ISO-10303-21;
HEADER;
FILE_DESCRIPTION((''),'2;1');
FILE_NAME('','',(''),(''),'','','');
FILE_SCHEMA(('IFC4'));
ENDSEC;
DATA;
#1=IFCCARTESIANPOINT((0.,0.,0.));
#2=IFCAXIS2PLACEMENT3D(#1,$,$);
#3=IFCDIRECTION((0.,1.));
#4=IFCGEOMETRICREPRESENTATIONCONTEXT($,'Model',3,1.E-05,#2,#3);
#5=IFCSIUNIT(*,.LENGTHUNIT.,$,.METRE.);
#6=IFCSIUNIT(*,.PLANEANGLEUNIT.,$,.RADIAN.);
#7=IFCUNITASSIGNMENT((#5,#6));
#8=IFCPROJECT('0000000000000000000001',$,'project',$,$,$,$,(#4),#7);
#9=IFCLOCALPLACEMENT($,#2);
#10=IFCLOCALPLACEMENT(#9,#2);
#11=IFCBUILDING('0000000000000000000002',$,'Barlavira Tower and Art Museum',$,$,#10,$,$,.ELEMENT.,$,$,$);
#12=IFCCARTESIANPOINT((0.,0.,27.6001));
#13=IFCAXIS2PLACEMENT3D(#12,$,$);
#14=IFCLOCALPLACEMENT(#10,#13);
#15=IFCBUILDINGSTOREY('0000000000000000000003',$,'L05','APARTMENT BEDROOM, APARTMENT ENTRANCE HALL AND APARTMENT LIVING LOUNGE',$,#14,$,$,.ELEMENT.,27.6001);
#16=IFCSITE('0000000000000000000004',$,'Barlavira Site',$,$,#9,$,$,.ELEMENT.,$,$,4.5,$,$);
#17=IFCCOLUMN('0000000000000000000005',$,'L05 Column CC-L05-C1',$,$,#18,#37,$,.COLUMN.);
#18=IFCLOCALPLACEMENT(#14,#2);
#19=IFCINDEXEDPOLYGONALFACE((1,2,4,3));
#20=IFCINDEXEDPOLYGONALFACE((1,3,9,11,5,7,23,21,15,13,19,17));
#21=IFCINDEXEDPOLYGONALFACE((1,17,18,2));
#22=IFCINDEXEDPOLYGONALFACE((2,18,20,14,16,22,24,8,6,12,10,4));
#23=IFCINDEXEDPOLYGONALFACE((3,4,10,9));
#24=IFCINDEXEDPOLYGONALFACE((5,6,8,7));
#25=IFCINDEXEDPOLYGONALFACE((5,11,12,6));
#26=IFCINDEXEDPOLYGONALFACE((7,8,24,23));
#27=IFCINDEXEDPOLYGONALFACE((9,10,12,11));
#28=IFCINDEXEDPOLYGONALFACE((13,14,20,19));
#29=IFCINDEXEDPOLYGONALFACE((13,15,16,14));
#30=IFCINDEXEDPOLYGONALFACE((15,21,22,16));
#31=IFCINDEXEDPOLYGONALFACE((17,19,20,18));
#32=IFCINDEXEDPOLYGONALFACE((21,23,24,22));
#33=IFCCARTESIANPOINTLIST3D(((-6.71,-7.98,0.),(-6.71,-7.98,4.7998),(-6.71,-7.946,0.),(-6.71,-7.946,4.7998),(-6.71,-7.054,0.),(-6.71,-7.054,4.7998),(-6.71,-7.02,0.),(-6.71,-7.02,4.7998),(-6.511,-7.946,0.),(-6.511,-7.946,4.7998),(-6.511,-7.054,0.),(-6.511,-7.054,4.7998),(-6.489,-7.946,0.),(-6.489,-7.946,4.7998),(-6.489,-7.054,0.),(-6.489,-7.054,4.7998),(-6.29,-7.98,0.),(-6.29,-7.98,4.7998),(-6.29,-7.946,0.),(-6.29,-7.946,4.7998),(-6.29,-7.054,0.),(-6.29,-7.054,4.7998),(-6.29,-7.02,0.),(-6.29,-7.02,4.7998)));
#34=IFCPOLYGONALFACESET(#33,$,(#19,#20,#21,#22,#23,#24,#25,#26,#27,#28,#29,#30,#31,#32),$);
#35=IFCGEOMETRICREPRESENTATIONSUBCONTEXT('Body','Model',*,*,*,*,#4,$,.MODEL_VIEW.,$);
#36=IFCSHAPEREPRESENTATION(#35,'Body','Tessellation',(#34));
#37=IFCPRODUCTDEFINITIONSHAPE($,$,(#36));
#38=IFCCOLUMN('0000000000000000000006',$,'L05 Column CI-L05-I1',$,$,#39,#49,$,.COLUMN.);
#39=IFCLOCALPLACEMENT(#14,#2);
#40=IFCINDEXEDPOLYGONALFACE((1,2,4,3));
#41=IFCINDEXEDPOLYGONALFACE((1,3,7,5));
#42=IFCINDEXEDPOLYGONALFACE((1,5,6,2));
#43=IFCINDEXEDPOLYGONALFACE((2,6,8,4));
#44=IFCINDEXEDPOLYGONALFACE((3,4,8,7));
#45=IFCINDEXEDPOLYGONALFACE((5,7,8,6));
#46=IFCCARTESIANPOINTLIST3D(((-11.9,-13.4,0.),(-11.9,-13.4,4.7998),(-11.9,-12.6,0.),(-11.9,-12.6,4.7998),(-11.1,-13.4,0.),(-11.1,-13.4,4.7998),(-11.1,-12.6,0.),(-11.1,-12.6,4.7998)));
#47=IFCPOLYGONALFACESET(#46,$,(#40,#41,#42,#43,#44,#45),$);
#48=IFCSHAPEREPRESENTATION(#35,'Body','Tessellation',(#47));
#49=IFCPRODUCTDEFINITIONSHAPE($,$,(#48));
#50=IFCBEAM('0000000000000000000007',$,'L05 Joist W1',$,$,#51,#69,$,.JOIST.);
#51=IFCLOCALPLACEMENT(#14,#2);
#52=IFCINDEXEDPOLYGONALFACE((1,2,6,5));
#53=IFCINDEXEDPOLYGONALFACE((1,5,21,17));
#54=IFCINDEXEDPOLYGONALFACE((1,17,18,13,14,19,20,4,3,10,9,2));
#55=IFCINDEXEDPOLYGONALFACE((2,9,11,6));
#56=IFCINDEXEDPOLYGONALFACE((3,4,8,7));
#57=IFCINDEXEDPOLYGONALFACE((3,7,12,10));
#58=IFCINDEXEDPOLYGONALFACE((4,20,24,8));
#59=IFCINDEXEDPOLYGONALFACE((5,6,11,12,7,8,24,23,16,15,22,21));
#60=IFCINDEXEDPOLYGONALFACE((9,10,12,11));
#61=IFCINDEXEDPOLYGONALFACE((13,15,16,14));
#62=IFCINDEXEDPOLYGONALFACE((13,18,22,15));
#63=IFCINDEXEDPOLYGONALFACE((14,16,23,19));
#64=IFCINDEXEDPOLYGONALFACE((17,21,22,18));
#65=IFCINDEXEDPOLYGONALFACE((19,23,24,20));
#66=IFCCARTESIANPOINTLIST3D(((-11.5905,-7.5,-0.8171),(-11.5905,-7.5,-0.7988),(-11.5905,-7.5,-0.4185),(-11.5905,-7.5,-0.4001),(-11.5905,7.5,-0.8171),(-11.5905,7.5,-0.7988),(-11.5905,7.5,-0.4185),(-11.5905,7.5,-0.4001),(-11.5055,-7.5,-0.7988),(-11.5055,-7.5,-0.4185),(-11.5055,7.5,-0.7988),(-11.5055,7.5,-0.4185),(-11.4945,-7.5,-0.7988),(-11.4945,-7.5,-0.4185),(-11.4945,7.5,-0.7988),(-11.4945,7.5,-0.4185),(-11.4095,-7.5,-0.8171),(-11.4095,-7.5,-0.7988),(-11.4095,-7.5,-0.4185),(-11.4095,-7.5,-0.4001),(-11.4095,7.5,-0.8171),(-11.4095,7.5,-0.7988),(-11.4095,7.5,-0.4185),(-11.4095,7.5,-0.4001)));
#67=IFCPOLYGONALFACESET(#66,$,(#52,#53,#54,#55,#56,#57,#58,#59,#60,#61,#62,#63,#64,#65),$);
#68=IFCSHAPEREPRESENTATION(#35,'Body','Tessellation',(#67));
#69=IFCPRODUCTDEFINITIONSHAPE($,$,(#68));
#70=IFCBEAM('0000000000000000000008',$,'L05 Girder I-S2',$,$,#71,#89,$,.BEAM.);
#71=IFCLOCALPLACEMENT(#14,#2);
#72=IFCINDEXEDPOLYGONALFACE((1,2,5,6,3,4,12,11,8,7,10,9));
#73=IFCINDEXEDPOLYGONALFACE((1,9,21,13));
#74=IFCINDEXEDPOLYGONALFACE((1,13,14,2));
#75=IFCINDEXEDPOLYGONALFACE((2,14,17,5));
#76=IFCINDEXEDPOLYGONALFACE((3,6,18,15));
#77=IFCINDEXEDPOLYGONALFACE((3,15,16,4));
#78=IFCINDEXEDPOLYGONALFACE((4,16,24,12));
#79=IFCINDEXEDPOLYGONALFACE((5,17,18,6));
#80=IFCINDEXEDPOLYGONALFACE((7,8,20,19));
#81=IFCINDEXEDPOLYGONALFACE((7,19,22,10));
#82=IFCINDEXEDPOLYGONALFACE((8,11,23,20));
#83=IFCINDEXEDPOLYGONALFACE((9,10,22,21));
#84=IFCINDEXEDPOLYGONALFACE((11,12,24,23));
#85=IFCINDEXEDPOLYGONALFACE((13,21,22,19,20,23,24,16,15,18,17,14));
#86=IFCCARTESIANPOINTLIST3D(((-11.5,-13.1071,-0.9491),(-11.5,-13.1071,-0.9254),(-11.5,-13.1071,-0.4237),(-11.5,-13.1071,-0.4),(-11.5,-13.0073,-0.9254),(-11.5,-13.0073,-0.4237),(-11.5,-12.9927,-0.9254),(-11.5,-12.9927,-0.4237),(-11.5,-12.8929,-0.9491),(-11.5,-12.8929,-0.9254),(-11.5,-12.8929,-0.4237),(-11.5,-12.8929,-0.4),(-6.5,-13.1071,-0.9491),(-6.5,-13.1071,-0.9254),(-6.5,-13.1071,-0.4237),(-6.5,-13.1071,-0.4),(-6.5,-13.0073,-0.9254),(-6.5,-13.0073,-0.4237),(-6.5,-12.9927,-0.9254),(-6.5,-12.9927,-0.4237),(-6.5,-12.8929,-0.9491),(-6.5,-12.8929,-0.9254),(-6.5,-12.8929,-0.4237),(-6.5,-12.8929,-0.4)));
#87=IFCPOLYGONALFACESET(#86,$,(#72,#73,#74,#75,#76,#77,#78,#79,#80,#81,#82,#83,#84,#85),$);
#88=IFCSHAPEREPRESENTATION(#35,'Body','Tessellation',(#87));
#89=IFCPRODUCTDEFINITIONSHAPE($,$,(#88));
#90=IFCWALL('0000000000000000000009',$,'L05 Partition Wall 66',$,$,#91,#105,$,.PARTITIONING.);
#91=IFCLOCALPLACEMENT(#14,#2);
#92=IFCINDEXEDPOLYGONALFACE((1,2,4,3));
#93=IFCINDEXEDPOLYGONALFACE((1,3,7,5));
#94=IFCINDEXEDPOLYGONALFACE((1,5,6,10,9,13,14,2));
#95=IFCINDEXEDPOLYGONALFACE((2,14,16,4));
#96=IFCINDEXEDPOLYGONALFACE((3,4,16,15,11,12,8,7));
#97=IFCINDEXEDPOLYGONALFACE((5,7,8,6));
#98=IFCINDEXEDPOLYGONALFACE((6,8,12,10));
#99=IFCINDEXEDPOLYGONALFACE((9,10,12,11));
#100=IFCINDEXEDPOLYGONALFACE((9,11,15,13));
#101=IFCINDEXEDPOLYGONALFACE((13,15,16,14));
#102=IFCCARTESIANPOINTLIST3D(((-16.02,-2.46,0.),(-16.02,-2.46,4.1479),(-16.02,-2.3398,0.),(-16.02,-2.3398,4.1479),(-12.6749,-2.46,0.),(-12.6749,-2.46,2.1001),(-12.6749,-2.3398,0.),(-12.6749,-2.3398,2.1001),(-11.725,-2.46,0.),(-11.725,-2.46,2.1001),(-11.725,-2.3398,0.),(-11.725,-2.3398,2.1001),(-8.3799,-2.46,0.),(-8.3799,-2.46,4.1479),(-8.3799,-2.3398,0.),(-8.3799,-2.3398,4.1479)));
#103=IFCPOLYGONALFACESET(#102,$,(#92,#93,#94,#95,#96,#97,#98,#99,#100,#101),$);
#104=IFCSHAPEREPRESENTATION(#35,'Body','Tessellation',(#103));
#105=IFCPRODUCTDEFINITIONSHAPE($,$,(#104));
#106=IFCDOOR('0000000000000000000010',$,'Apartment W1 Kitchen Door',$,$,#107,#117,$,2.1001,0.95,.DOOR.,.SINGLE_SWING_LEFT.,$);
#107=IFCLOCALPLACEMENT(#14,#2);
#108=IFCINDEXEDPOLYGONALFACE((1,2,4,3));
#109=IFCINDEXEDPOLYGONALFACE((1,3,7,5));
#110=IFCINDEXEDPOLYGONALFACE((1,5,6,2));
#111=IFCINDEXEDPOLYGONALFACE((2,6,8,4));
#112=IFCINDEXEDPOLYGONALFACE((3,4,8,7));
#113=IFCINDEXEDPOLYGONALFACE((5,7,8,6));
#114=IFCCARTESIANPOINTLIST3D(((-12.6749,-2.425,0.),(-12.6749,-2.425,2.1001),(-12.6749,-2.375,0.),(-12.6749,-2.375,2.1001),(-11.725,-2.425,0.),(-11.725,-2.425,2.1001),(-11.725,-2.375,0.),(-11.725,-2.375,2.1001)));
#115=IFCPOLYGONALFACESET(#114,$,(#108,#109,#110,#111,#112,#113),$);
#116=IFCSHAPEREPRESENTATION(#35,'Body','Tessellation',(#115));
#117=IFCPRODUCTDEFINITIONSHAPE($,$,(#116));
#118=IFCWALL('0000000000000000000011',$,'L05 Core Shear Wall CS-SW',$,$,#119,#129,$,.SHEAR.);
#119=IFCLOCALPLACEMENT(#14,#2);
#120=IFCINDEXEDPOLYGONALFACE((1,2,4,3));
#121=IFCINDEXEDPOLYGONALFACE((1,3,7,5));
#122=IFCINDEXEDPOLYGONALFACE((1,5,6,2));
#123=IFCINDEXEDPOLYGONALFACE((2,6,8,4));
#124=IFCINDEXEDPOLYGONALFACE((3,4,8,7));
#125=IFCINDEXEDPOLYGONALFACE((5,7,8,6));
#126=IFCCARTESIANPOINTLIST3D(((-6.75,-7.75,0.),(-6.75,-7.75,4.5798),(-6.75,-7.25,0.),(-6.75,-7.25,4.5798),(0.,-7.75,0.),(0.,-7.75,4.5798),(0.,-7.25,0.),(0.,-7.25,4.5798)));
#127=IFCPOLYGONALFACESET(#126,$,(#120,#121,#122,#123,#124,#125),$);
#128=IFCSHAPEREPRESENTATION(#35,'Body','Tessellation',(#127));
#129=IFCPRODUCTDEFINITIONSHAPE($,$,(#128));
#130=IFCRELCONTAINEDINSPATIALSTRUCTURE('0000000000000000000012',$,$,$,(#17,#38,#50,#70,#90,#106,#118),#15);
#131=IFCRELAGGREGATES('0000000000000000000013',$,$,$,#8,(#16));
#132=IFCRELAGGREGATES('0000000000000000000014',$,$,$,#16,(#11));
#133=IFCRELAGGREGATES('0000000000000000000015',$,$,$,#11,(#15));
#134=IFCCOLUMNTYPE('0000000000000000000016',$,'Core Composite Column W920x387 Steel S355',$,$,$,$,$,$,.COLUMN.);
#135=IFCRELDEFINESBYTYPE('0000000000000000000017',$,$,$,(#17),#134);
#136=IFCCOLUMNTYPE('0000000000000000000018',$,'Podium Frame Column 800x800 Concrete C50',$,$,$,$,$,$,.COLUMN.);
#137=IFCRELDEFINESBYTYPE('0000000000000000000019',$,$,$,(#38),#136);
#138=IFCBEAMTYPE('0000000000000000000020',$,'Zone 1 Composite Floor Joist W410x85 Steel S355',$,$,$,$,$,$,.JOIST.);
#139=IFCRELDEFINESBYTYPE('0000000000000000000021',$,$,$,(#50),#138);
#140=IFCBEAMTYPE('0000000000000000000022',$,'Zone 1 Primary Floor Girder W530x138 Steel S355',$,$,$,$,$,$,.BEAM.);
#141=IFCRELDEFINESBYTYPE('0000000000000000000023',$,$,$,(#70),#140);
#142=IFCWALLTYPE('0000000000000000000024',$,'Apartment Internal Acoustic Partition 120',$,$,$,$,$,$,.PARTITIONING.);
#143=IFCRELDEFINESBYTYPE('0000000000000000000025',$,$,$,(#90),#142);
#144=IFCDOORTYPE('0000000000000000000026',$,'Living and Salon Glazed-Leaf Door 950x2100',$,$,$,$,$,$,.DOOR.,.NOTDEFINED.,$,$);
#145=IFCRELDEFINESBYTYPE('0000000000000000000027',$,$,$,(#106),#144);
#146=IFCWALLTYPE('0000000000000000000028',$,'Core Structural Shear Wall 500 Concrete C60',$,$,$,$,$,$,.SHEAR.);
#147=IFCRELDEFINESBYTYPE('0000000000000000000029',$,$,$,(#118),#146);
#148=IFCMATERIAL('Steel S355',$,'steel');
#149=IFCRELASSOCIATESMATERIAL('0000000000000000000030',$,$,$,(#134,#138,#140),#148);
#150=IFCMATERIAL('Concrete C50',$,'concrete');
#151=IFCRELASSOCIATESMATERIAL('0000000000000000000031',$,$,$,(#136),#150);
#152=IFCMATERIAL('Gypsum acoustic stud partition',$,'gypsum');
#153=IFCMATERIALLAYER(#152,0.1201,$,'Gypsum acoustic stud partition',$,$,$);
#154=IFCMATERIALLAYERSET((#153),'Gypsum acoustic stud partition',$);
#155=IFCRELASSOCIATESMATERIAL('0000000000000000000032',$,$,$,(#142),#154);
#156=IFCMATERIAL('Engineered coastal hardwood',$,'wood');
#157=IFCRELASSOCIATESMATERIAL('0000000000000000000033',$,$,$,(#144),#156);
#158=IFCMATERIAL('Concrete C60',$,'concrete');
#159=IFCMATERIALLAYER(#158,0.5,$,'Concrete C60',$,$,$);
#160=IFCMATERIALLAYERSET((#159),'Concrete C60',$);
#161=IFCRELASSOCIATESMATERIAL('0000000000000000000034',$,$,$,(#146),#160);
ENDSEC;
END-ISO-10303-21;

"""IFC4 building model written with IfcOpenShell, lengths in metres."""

from ifc_helpers import new_model, si_unit, direction, frame, frame_2d, origin, origin_2d, place, context, subcontext, project, spatial, rectangle, i_section, extrude, material, layer, layer_set, material_profile, profile_set, type_object, element, fill, save


model = new_model("IFC4")

# Units and contexts
model_context = context("Model", 3, precision=1e-05, world=origin(), true_north=direction((0.0, 1.0)))
body_context = subcontext(model_context, "Body", "Model", "MODEL_VIEW")
ifc_project = project(units=[si_unit("LENGTHUNIT", "METRE"), si_unit("PLANEANGLEUNIT", "RADIAN")], contexts=[model_context])

# Site, building, storey
site_placement = place(None, origin())
site = spatial("IfcSite", under=ifc_project, at=site_placement, Name="Barlavira Site", CompositionType="ELEMENT", RefElevation=4.5)
building_placement = place(site_placement, origin())
building = spatial("IfcBuilding", under=site, at=building_placement, Name="Barlavira Tower and Art Museum", CompositionType="ELEMENT")
storey_placement = place(building_placement, frame((0.0, 0.0, 27.6001)))
storey = spatial("IfcBuildingStorey", under=building, at=storey_placement, Name="L05", Description="APARTMENT BEDROOM, APARTMENT ENTRANCE HALL AND APARTMENT LIVING LOUNGE", CompositionType="ELEMENT", Elevation=27.6001)

# Columns
ifc_material_1 = material(Name="Steel S355", Category="steel")
ifc_material_profile_1 = material_profile(ifc_material_1, i_section(OverallWidth=0.4199, OverallDepth=0.96, WebThickness=0.022, FlangeThickness=0.0339, at=origin_2d()), Name="W920x387.0")
ifc_profile_set_1 = profile_set([ifc_material_profile_1], Name="Steel S355")
column_type_1 = type_object("IfcColumnType", Name="Core Composite Column W920x387 Steel S355", PredefinedType="COLUMN", material=ifc_profile_set_1)
column_1_placement = place(storey_placement, frame((-6.5, -7.5, 0.0), z_axis=(0.0, 0.0, 1.0), x_axis=(1.0, 0.0, 0.0)))
element("IfcColumn", 1, at=column_1_placement, inside=storey, type_object=column_type_1, Name="L05 Column CC-L05-C1", PredefinedType="COLUMN", context=body_context, shape_type="SweptSolid", body=[
    extrude(i_section(OverallWidth=0.4199, OverallDepth=0.96, WebThickness=0.022, FlangeThickness=0.0339, at=origin_2d()), origin(), (0.0, 0.0, 1.0), 4.7998),
])
ifc_material_2 = material(Name="Concrete C50", Category="concrete")
ifc_material_profile_2 = material_profile(ifc_material_2, rectangle(XDim=0.8, YDim=0.8, at=origin_2d()), Name="RC-COL 800x800")
ifc_profile_set_2 = profile_set([ifc_material_profile_2], Name="Concrete C50")
column_type_2 = type_object("IfcColumnType", Name="Podium Frame Column 800x800 Concrete C50", PredefinedType="COLUMN", material=ifc_profile_set_2)
column_2_placement = place(storey_placement, frame((-11.5, -13.0, 0.0), z_axis=(0.0, 0.0, 1.0), x_axis=(1.0, 0.0, 0.0)))
element("IfcColumn", 2, at=column_2_placement, inside=storey, type_object=column_type_2, Name="L05 Column CI-L05-I1", PredefinedType="COLUMN", context=body_context, shape_type="SweptSolid", body=[
    extrude(rectangle(XDim=0.8, YDim=0.8, at=origin_2d()), origin(), (0.0, 0.0, 1.0), 4.7998),
])

# Beams
ifc_material_profile_3 = material_profile(ifc_material_1, i_section(OverallWidth=0.1809, OverallDepth=0.417, WebThickness=0.011, FlangeThickness=0.0183, at=origin_2d()), Name="W410x85.0")
ifc_profile_set_3 = profile_set([ifc_material_profile_3], Name="Steel S355")
beam_type_1 = type_object("IfcBeamType", Name="Zone 1 Composite Floor Joist W410x85 Steel S355", PredefinedType="JOIST", material=ifc_profile_set_3)
beam_1_placement = place(storey_placement, frame((-11.5, -7.5, -0.6086), z_axis=(0.0, 1.0, 0.0), x_axis=(-1.0, 0.0, 0.0)))
element("IfcBeam", 3, at=beam_1_placement, inside=storey, type_object=beam_type_1, Name="L05 Joist W1", PredefinedType="JOIST", context=body_context, shape_type="SweptSolid", body=[
    extrude(i_section(OverallWidth=0.1809, OverallDepth=0.417, WebThickness=0.011, FlangeThickness=0.0183, at=origin_2d()), origin(), (0.0, 0.0, 1.0), 15.0),
])
ifc_material_profile_4 = material_profile(ifc_material_1, i_section(OverallWidth=0.2141, OverallDepth=0.5491, WebThickness=0.0146, FlangeThickness=0.0237, at=origin_2d()), Name="W530x138.0")
ifc_profile_set_4 = profile_set([ifc_material_profile_4], Name="Steel S355")
beam_type_2 = type_object("IfcBeamType", Name="Zone 1 Primary Floor Girder W530x138 Steel S355", PredefinedType="BEAM", material=ifc_profile_set_4)
beam_2_placement = place(storey_placement, frame((-11.5, -13.0, -0.6746), z_axis=(1.0, 0.0, 0.0), x_axis=(0.0, 1.0, 0.0)))
element("IfcBeam", 4, at=beam_2_placement, inside=storey, type_object=beam_type_2, Name="L05 Girder I-S2", PredefinedType="BEAM", context=body_context, shape_type="SweptSolid", body=[
    extrude(i_section(OverallWidth=0.2141, OverallDepth=0.5491, WebThickness=0.0146, FlangeThickness=0.0237, at=origin_2d()), origin(), (0.0, 0.0, 1.0), 5.0),
])

# Wall, opening, door
ifc_material_3 = material(Name="Gypsum acoustic stud partition", Category="gypsum")
ifc_layer_1 = layer(ifc_material_3, 0.1201, Name="Gypsum acoustic stud partition")
ifc_layer_set_1 = layer_set([ifc_layer_1], Name="Gypsum acoustic stud partition")
wall_type_1 = type_object("IfcWallType", Name="Apartment Internal Acoustic Partition 120", PredefinedType="PARTITIONING", material=ifc_layer_set_1)
wall_1_placement = place(storey_placement, frame((-16.02, -2.3999, 0.0), z_axis=(0.0, 0.0, 1.0), x_axis=(1.0, 0.0, 0.0)))
wall_1 = element("IfcWall", 5, at=wall_1_placement, inside=storey, type_object=wall_type_1, Name="L05 Partition Wall 66", PredefinedType="PARTITIONING", context=body_context, shape_type="SweptSolid", body=[
    extrude(rectangle(XDim=7.6401, YDim=0.1201, at=frame_2d((3.8201, 0.0))), origin(), (0.0, 0.0, 1.0), 4.1479),
])
opening_1_placement = place(wall_1_placement, frame((3.345, 0.0, 0.0)))
opening_1 = element("IfcOpeningElement", 6, at=opening_1_placement, cuts=wall_1, PredefinedType="OPENING", context=body_context, shape_type="SweptSolid", body=[
    extrude(rectangle(XDim=0.95, YDim=2.1001, at=frame_2d((0.4751, 1.05))), frame((0.0, 0.0701, 0.0), z_axis=(0.0, -1.0, 0.0), x_axis=(1.0, 0.0, 0.0)), (0.0, 0.0, 1.0), 0.1401),
])
ifc_material_4 = material(Name="Engineered coastal hardwood", Category="wood")
door_type_1 = type_object("IfcDoorType", Name="Living and Salon Glazed-Leaf Door 950x2100", OperationType="NOTDEFINED", PredefinedType="DOOR", material=ifc_material_4)
door_1_placement = place(opening_1_placement, origin())
door_1 = element("IfcDoor", 7, at=door_1_placement, inside=storey, type_object=door_type_1, Name="Apartment W1 Kitchen Door", OperationType="SINGLE_SWING_LEFT", OverallHeight=2.1001, OverallWidth=0.95, PredefinedType="DOOR", context=body_context, shape_type="SweptSolid", body=[
    extrude(rectangle(XDim=0.95, YDim=2.1001, at=frame_2d((0.4751, 1.05))), frame((0.0, 0.0249, 0.0), z_axis=(0.0, -1.0, 0.0), x_axis=(1.0, 0.0, 0.0)), (0.0, 0.0, 1.0), 0.05),
])
fill(opening_1, door_1)

# Wall
ifc_material_5 = material(Name="Concrete C60", Category="concrete")
ifc_layer_2 = layer(ifc_material_5, 0.5, Name="Concrete C60")
ifc_layer_set_2 = layer_set([ifc_layer_2], Name="Concrete C60")
wall_type_2 = type_object("IfcWallType", Name="Core Structural Shear Wall 500 Concrete C60", PredefinedType="SHEAR", material=ifc_layer_set_2)
wall_2_placement = place(storey_placement, frame((-6.75, -7.5, 0.0), z_axis=(0.0, 0.0, 1.0), x_axis=(1.0, 0.0, 0.0)))
element("IfcWall", 8, at=wall_2_placement, inside=storey, type_object=wall_type_2, Name="L05 Core Shear Wall CS-SW", PredefinedType="SHEAR", context=body_context, shape_type="SweptSolid", body=[
    extrude(rectangle(XDim=6.75, YDim=0.5, at=frame_2d((3.375, 0.0))), origin(), (0.0, 0.0, 1.0), 4.5798),
])

save(model, "model.ifc")
